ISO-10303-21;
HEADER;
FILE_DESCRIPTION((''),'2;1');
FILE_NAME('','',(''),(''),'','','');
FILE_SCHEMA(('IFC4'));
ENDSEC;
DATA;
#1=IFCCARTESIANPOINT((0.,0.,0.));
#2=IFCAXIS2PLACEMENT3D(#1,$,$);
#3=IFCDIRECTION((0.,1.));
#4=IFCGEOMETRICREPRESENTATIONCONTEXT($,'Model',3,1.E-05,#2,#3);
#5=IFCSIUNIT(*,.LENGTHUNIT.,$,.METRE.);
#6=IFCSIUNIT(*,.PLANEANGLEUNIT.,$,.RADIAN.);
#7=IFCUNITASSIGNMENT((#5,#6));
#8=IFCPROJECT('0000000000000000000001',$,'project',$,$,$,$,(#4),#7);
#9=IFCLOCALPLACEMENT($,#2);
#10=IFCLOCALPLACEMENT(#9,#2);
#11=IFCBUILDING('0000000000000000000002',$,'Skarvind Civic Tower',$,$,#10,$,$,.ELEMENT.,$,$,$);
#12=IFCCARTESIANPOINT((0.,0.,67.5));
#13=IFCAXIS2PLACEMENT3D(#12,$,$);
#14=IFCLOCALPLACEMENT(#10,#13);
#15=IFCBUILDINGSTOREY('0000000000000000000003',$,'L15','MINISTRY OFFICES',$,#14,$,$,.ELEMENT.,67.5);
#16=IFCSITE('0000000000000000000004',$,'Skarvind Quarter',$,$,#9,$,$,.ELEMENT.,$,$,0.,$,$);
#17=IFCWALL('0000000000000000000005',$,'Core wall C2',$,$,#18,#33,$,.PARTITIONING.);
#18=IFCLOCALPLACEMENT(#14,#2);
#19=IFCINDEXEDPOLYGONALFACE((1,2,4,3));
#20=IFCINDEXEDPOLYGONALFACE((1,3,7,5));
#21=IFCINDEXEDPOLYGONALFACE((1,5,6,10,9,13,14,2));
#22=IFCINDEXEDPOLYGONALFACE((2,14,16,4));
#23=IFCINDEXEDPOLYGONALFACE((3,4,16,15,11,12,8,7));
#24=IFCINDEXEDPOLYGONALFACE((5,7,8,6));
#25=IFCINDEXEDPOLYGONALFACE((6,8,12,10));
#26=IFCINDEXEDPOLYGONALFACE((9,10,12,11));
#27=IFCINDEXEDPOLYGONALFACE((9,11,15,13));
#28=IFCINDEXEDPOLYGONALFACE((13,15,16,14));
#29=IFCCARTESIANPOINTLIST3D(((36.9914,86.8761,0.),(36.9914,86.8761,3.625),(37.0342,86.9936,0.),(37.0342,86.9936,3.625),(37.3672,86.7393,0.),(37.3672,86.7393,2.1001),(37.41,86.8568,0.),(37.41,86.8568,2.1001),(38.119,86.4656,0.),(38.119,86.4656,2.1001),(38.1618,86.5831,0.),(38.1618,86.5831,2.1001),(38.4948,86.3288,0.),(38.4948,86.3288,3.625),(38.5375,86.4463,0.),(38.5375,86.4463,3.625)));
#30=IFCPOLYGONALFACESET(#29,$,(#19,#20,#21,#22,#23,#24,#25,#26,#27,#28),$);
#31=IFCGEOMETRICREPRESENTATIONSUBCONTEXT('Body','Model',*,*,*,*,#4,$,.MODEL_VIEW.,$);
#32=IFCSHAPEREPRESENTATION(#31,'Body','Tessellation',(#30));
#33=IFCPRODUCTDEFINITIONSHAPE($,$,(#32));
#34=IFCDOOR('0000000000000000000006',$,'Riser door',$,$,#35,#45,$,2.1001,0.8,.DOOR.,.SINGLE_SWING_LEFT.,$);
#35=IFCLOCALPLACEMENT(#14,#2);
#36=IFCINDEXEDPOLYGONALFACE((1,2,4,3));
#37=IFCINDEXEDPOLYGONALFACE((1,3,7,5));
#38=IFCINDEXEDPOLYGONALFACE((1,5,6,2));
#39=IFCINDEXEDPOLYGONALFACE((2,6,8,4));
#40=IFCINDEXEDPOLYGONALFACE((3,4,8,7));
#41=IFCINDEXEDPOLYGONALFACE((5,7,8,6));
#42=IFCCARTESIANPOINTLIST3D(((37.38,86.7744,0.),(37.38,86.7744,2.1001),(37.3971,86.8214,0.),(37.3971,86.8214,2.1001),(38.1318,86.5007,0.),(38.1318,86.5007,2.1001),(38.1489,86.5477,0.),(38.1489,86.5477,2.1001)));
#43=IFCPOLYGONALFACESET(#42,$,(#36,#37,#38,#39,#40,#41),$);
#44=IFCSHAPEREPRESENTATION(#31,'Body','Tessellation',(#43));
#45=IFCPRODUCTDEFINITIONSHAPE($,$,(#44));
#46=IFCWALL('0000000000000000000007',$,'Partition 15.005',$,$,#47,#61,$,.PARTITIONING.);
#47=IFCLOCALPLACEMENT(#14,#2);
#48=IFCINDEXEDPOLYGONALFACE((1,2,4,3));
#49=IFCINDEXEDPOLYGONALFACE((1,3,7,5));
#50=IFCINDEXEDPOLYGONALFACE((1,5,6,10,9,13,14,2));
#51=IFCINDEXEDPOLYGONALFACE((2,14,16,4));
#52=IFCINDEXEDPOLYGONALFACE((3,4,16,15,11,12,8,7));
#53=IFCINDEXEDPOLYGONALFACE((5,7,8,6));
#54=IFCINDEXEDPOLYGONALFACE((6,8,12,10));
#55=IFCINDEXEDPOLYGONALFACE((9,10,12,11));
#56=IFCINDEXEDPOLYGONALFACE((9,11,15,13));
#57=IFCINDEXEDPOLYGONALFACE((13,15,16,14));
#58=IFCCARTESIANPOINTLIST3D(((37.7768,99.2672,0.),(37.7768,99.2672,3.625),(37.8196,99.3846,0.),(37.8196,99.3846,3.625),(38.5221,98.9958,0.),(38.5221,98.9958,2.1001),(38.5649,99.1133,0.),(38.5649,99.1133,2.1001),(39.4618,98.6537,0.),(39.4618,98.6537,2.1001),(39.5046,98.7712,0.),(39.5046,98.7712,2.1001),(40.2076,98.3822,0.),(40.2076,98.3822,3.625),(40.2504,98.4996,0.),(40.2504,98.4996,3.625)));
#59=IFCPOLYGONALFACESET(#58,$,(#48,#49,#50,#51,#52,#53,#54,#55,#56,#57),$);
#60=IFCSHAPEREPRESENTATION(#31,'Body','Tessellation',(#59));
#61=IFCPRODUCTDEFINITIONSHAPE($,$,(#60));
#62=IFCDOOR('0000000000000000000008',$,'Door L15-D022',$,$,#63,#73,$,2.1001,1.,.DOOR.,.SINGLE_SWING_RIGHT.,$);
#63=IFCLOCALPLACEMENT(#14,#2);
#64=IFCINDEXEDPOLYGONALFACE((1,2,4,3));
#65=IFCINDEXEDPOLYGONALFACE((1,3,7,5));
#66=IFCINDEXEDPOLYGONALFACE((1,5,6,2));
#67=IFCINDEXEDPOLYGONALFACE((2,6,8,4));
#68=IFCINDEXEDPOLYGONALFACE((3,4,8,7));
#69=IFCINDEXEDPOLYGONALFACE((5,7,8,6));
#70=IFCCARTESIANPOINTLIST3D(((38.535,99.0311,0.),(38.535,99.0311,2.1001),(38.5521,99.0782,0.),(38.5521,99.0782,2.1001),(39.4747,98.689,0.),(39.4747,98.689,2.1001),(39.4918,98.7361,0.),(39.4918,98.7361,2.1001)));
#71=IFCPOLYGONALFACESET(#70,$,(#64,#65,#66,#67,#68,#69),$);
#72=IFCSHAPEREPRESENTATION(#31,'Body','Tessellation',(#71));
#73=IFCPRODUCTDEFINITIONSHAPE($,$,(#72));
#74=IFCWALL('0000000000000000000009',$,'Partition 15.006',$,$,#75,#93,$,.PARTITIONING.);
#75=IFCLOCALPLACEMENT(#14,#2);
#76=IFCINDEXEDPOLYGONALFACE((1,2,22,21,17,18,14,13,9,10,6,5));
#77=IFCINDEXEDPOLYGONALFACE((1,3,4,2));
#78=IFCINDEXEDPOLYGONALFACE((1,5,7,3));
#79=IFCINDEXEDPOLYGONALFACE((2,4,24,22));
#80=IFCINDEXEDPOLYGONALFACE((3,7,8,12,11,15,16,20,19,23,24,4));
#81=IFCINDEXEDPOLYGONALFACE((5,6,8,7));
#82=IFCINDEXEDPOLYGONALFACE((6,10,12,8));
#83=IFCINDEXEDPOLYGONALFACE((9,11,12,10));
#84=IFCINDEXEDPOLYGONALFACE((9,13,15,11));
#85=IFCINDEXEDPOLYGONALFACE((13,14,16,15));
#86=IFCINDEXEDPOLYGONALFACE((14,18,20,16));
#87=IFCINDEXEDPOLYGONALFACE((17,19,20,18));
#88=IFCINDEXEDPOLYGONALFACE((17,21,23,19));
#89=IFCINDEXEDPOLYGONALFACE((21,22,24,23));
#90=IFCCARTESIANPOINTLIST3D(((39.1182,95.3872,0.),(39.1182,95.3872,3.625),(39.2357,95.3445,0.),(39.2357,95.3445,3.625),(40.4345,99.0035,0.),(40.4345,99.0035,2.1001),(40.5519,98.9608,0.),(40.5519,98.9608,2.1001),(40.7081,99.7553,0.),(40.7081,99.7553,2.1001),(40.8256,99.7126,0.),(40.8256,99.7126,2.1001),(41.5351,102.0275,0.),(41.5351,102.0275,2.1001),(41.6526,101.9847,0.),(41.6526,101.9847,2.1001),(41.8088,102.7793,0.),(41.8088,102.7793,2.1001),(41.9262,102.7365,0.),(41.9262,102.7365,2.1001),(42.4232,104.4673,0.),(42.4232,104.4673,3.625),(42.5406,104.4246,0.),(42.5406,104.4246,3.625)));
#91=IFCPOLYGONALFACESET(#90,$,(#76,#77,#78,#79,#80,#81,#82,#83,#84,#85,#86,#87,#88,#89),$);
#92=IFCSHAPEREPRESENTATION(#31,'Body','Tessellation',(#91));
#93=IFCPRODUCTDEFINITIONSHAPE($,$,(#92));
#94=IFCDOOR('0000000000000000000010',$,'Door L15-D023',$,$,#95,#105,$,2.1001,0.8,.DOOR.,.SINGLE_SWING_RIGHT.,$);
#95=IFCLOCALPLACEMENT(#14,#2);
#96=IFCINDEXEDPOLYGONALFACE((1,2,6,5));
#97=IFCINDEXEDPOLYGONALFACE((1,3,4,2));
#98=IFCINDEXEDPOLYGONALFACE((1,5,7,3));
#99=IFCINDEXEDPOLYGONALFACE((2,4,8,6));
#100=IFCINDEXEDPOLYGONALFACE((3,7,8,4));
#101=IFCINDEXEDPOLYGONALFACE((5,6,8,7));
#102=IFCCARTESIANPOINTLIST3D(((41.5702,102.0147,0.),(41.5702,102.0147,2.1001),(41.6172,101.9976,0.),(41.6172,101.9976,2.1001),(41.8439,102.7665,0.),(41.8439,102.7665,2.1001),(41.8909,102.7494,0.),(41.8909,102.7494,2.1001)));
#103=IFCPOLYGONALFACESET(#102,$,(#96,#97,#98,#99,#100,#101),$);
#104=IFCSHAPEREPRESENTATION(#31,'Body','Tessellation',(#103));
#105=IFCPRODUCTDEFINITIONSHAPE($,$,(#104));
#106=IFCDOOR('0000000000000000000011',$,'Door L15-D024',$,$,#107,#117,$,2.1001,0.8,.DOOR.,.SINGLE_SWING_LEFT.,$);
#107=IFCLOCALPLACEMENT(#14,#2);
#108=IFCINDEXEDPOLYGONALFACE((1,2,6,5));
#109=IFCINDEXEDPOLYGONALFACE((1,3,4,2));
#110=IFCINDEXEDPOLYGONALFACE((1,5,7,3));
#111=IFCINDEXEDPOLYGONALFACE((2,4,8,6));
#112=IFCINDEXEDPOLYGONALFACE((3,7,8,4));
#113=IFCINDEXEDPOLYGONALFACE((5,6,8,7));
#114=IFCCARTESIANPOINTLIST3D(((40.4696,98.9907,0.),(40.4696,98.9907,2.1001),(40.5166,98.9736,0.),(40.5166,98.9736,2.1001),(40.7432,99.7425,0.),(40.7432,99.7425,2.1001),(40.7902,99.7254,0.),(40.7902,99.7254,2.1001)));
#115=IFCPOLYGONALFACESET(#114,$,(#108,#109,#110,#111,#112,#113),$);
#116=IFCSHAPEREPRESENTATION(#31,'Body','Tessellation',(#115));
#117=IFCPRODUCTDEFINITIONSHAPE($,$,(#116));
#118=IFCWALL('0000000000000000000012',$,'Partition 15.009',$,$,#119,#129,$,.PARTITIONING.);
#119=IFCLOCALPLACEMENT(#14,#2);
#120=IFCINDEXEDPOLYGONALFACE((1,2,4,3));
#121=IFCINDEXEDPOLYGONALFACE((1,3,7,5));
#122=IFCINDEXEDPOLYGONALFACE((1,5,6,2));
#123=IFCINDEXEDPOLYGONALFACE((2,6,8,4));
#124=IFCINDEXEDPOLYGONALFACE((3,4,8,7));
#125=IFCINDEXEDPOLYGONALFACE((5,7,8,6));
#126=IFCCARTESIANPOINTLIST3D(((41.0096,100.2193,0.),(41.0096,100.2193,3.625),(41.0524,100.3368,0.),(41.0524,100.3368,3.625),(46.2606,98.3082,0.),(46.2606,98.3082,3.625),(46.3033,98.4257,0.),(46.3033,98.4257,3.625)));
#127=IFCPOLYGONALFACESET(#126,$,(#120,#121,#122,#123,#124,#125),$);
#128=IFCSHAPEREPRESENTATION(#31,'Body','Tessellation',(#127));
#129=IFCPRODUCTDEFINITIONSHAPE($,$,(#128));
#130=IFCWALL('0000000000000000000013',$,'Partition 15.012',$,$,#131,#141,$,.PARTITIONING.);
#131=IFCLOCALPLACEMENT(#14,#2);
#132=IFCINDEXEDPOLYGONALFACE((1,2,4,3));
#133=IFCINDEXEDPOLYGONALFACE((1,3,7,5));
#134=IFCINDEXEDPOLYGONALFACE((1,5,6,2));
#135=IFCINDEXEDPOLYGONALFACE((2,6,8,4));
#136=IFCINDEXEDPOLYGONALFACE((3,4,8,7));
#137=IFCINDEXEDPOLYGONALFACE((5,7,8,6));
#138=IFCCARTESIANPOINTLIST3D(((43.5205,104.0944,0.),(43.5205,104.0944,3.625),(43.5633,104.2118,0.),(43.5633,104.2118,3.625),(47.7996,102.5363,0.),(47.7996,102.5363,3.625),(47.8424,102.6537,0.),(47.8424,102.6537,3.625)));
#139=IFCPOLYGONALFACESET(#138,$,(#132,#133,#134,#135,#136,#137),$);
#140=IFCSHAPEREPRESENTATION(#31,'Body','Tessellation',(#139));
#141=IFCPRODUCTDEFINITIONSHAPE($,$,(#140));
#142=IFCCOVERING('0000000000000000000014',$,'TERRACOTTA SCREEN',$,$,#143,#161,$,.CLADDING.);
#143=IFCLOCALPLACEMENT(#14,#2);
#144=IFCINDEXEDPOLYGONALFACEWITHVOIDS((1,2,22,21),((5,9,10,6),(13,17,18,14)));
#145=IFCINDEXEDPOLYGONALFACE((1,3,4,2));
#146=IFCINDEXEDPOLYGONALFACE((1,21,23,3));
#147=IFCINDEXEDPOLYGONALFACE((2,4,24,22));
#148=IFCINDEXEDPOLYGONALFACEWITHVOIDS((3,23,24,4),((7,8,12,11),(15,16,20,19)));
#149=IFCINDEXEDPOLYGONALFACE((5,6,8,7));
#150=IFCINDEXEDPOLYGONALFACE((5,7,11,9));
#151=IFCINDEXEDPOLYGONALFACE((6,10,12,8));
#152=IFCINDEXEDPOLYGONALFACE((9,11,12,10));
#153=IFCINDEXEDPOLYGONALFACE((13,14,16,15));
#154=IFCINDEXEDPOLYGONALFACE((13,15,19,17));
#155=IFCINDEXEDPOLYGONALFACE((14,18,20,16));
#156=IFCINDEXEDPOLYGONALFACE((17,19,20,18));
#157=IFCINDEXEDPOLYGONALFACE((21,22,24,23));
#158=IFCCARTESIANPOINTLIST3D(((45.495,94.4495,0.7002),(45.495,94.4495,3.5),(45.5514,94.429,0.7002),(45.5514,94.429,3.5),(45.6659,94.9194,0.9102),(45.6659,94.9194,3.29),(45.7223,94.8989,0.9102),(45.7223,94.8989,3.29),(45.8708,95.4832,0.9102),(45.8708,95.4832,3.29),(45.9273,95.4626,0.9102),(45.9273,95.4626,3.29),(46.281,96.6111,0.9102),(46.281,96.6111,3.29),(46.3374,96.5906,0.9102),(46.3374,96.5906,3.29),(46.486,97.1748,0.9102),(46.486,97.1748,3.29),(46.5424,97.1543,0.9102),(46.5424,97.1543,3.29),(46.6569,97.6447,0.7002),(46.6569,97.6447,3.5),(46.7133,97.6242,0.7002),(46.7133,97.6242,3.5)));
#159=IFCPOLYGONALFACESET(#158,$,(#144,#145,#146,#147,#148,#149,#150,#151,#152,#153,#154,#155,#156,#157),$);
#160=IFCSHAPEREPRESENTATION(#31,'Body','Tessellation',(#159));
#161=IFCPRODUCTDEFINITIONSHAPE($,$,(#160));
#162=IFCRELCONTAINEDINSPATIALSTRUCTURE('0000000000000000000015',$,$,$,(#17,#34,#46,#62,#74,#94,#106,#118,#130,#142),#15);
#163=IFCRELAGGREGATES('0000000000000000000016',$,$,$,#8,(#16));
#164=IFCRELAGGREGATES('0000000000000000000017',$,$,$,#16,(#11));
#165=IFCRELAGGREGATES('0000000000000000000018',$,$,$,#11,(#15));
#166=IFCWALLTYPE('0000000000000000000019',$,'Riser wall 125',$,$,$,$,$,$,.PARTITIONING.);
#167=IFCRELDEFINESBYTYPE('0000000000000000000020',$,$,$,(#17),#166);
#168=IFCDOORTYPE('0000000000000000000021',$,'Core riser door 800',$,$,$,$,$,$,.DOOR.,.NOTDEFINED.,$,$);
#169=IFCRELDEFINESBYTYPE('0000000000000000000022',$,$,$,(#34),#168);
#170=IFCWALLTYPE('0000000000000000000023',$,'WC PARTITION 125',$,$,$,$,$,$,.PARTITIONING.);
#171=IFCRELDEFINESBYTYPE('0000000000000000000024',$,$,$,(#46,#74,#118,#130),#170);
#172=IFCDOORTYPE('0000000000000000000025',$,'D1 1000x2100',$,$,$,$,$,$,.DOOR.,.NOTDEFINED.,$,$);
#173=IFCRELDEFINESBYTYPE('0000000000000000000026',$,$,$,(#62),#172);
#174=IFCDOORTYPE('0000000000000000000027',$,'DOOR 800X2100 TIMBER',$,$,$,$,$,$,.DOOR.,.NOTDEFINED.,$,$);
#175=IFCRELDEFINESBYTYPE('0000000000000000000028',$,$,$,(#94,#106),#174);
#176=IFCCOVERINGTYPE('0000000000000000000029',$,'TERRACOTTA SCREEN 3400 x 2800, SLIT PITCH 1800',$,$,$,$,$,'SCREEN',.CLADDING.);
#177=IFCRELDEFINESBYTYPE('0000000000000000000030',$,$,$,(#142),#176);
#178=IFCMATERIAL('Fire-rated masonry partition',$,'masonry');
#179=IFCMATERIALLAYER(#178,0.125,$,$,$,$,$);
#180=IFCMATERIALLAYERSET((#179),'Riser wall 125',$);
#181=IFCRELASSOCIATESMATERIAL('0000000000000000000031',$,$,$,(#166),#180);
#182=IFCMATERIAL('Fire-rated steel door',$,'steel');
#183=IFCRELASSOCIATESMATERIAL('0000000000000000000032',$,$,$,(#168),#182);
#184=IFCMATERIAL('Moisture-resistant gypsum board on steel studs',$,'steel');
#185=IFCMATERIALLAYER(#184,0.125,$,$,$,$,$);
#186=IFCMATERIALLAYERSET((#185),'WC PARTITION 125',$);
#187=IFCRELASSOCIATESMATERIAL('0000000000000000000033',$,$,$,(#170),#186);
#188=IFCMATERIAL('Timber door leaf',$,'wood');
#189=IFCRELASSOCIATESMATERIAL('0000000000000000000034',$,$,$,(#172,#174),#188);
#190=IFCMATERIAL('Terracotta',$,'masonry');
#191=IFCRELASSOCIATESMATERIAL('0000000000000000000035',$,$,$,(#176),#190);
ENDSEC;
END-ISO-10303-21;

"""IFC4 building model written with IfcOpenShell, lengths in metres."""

from ifc_helpers import new_model, si_unit, direction, frame, frame_2d, origin, place, context, subcontext, project, spatial, polyline, rectangle, outline, extrude, material, layer, layer_set, material_profile, profile_set, type_object, element, fill, save


model = new_model("IFC4")

# Units and contexts
model_context = context("Model", 3, precision=1e-05, world=origin(), true_north=direction((0.0, 1.0)))
body_context = subcontext(model_context, "Body", "Model", "MODEL_VIEW")
ifc_project = project(units=[si_unit("LENGTHUNIT", "METRE"), si_unit("PLANEANGLEUNIT", "RADIAN")], contexts=[model_context])

# Site, building, storey
site_placement = place(None, origin())
site = spatial("IfcSite", under=ifc_project, at=site_placement, Name="Skarvind Quarter", CompositionType="ELEMENT", RefElevation=0.0)
building_placement = place(site_placement, origin())
building = spatial("IfcBuilding", under=site, at=building_placement, Name="Skarvind Civic Tower", CompositionType="ELEMENT")
storey_placement = place(building_placement, frame((0.0, 0.0, 67.5)))
storey = spatial("IfcBuildingStorey", under=building, at=storey_placement, Name="L15", Description="MINISTRY OFFICES", CompositionType="ELEMENT", Elevation=67.5)

# Shared definitions
ifc_material_1 = material(Name="Fire-rated masonry partition", Category="masonry")
ifc_material_2 = material(Name="Fire-rated steel door", Category="steel")

# Walls, openings, doors
ifc_layer_1 = layer(ifc_material_1, 0.125)
ifc_layer_set_1 = layer_set([ifc_layer_1], Name="Riser wall 125")
wall_type_1 = type_object("IfcWallType", Name="Riser wall 125", PredefinedType="PARTITIONING", material=ifc_layer_set_1)
wall_1_placement = place(storey_placement, frame((37.0129, 86.9348, 0.0), z_axis=(0.0, 0.0, 1.0), x_axis=(0.93966, -0.342111, 0.0)))
wall_1 = element("IfcWall", 1, at=wall_1_placement, inside=storey, type_object=wall_type_1, Name="Core wall C2", PredefinedType="PARTITIONING", context=body_context, shape_type="SweptSolid", body=[
    extrude(rectangle(XDim=1.5999, YDim=0.125, at=frame_2d((0.7998, 0.0))), origin(), (0.0, 0.0, 1.0), 3.625),
])
opening_1_placement = place(wall_1_placement, frame((0.3999, 0.0, 0.0)))
opening_1 = element("IfcOpeningElement", 2, at=opening_1_placement, cuts=wall_1, PredefinedType="OPENING", context=body_context, shape_type="SweptSolid", body=[
    extrude(rectangle(XDim=0.8, YDim=2.1001, at=frame_2d((0.3999, 1.05))), frame((0.0, 0.0725, 0.0), z_axis=(0.0, -1.0, 0.0), x_axis=(1.0, 0.0, 0.0)), (0.0, 0.0, 1.0), 0.145),
])
door_type_1 = type_object("IfcDoorType", Name="Core riser door 800", OperationType="NOTDEFINED", PredefinedType="DOOR", material=ifc_material_2)
door_1_placement = place(opening_1_placement, origin())
door_1 = element("IfcDoor", 3, at=door_1_placement, inside=storey, type_object=door_type_1, Name="Riser door", OperationType="SINGLE_SWING_LEFT", OverallHeight=2.1001, OverallWidth=0.8, PredefinedType="DOOR", context=body_context, shape_type="SweptSolid", body=[
    extrude(rectangle(XDim=0.8, YDim=2.1001, at=frame_2d((0.3999, 1.05))), frame((0.0, 0.0249, 0.0), z_axis=(0.0, -1.0, 0.0), x_axis=(1.0, 0.0, 0.0)), (0.0, 0.0, 1.0), 0.05),
])
fill(opening_1, door_1)
ifc_material_3 = material(Name="Moisture-resistant gypsum board on steel studs", Category="steel")
ifc_layer_2 = layer(ifc_material_3, 0.125)
ifc_layer_set_2 = layer_set([ifc_layer_2], Name="WC PARTITION 125")
wall_type_2 = type_object("IfcWallType", Name="WC PARTITION 125", PredefinedType="PARTITIONING", material=ifc_layer_set_2)
wall_2_placement = place(storey_placement, frame((40.229, 98.4409, 0.0), z_axis=(0.0, 0.0, 1.0), x_axis=(-0.939664, 0.342099, 0.0)))
wall_2 = element("IfcWall", 4, at=wall_2_placement, inside=storey, type_object=wall_type_2, Name="Partition 15.005", PredefinedType="PARTITIONING", context=body_context, shape_type="SweptSolid", body=[
    extrude(rectangle(XDim=2.5869, YDim=0.125, at=frame_2d((1.2935, 0.0))), origin(), (0.0, 0.0, 1.0), 3.625),
])
opening_2_placement = place(wall_2_placement, frame((0.7937, 0.0, 0.0)))
opening_2 = element("IfcOpeningElement", 5, at=opening_2_placement, cuts=wall_2, PredefinedType="OPENING", context=body_context, shape_type="SweptSolid", body=[
    extrude(rectangle(XDim=1.0, YDim=2.1001, at=frame_2d((0.5, 1.05))), frame((0.0, 0.0725, 0.0), z_axis=(0.0, -1.0, 0.0), x_axis=(1.0, 0.0, 0.0)), (0.0, 0.0, 1.0), 0.145),
])
ifc_material_4 = material(Name="Timber door leaf", Category="wood")
door_type_2 = type_object("IfcDoorType", Name="D1 1000x2100", OperationType="NOTDEFINED", PredefinedType="DOOR", material=ifc_material_4)
door_2_placement = place(opening_2_placement, origin())
door_2 = element("IfcDoor", 6, at=door_2_placement, inside=storey, type_object=door_type_2, Name="Door L15-D022", OperationType="SINGLE_SWING_RIGHT", OverallHeight=2.1001, OverallWidth=1.0, PredefinedType="DOOR", context=body_context, shape_type="SweptSolid", body=[
    extrude(rectangle(XDim=1.0, YDim=2.1001, at=frame_2d((0.5, 1.05))), frame((0.0, 0.0249, 0.0), z_axis=(0.0, -1.0, 0.0), x_axis=(1.0, 0.0, 0.0)), (0.0, 0.0, 1.0), 0.05),
])
fill(opening_2, door_2)

# Wall, openings, doors
wall_3_placement = place(storey_placement, frame((42.4819, 104.446, 0.0), z_axis=(0.0, 0.0, 1.0), x_axis=(-0.342025, -0.939691, 0.0)))
wall_3 = element("IfcWall", 7, at=wall_3_placement, inside=storey, type_object=wall_type_2, Name="Partition 15.006", PredefinedType="PARTITIONING", context=body_context, shape_type="SweptSolid", body=[
    extrude(rectangle(XDim=9.6628, YDim=0.125, at=frame_2d((4.8315, 0.0))), origin(), (0.0, 0.0, 1.0), 3.625),
])
opening_3_placement = place(wall_3_placement, frame((1.7966, 0.0, 0.0)))
opening_3 = element("IfcOpeningElement", 8, at=opening_3_placement, cuts=wall_3, PredefinedType="OPENING", context=body_context, shape_type="SweptSolid", body=[
    extrude(rectangle(XDim=0.8, YDim=2.1001, at=frame_2d((0.3999, 1.05))), frame((0.0, 0.0725, 0.0), z_axis=(0.0, -1.0, 0.0), x_axis=(1.0, 0.0, 0.0)), (0.0, 0.0, 1.0), 0.145),
])
opening_4_placement = place(wall_3_placement, frame((5.0146, 0.0, 0.0)))
opening_4 = element("IfcOpeningElement", 9, at=opening_4_placement, cuts=wall_3, PredefinedType="OPENING", context=body_context, shape_type="SweptSolid", body=[
    extrude(rectangle(XDim=0.8, YDim=2.1001, at=frame_2d((0.3999, 1.05))), frame((0.0, 0.0725, 0.0), z_axis=(0.0, -1.0, 0.0), x_axis=(1.0, 0.0, 0.0)), (0.0, 0.0, 1.0), 0.145),
])
door_type_3 = type_object("IfcDoorType", Name="DOOR 800X2100 TIMBER", OperationType="NOTDEFINED", PredefinedType="DOOR", material=ifc_material_4)
door_3_placement = place(opening_3_placement, origin())
door_3 = element("IfcDoor", 10, at=door_3_placement, inside=storey, type_object=door_type_3, Name="Door L15-D023", OperationType="SINGLE_SWING_RIGHT", OverallHeight=2.1001, OverallWidth=0.8, PredefinedType="DOOR", context=body_context, shape_type="SweptSolid", body=[
    extrude(rectangle(XDim=0.8, YDim=2.1001, at=frame_2d((0.3999, 1.05))), frame((0.0, 0.0249, 0.0), z_axis=(0.0, -1.0, 0.0), x_axis=(1.0, 0.0, 0.0)), (0.0, 0.0, 1.0), 0.05),
])
fill(opening_3, door_3)
door_4_placement = place(opening_4_placement, origin())
door_4 = element("IfcDoor", 11, at=door_4_placement, inside=storey, type_object=door_type_3, Name="Door L15-D024", OperationType="SINGLE_SWING_LEFT", OverallHeight=2.1001, OverallWidth=0.8, PredefinedType="DOOR", context=body_context, shape_type="SweptSolid", body=[
    extrude(rectangle(XDim=0.8, YDim=2.1001, at=frame_2d((0.3999, 1.05))), frame((0.0, 0.0249, 0.0), z_axis=(0.0, -1.0, 0.0), x_axis=(1.0, 0.0, 0.0)), (0.0, 0.0, 1.0), 0.05),
])
fill(opening_4, door_4)

# Walls
wall_4_placement = place(storey_placement, frame((41.031, 100.2781, 0.0), z_axis=(0.0, 0.0, 1.0), x_axis=(0.939696, -0.34201, 0.0)))
element("IfcWall", 12, at=wall_4_placement, inside=storey, type_object=wall_type_2, Name="Partition 15.009", PredefinedType="PARTITIONING", context=body_context, shape_type="SweptSolid", body=[
    extrude(rectangle(XDim=5.5879, YDim=0.125, at=frame_2d((2.7939, 0.0))), origin(), (0.0, 0.0, 1.0), 3.625),
])
wall_5_placement = place(storey_placement, frame((43.542, 104.1531, 0.0), z_axis=(0.0, 0.0, 1.0), x_axis=(0.939646, -0.342148, 0.0)))
element("IfcWall", 13, at=wall_5_placement, inside=storey, type_object=wall_type_2, Name="Partition 15.012", PredefinedType="PARTITIONING", context=body_context, shape_type="SweptSolid", body=[
    extrude(rectangle(XDim=4.554, YDim=0.125, at=frame_2d((2.2769, 0.0))), origin(), (0.0, 0.0, 1.0), 3.625),
])

# Covering
ifc_material_5 = material(Name="Terracotta", Category="masonry")
ifc_material_profile_1 = material_profile(ifc_material_5, outline(polyline([(-1.7, -1.3999), (1.7, -1.3999), (1.7, 1.3999), (-1.7, 1.3999), (-1.7, -1.3999)]), holes=[polyline([(-1.2, -1.1899), (-0.6001, -1.1899), (-0.6001, 1.1899), (-1.2, 1.1899), (-1.2, -1.1899)]), polyline([(0.6001, -1.1899), (1.2, -1.1899), (1.2, 1.1899), (0.6001, 1.1899), (0.6001, -1.1899)])]), Name="TERRACOTTA SCREEN 3400 x 2800, SLIT PITCH 1800")
ifc_profile_set_1 = profile_set([ifc_material_profile_1], Name="Terracotta")
covering_type = type_object("IfcCoveringType", Name="TERRACOTTA SCREEN 3400 x 2800, SLIT PITCH 1800", ElementType="SCREEN", PredefinedType="CLADDING", material=ifc_profile_set_1)
covering_placement = place(storey_placement, frame((46.0759, 96.0471, 2.1001), z_axis=(0.939793, -0.341743, 0.0), x_axis=(0.341743, 0.939793, 0.0)))
element("IfcCovering", 14, at=covering_placement, inside=storey, type_object=covering_type, Name="TERRACOTTA SCREEN", PredefinedType="CLADDING", context=body_context, shape_type="SweptSolid", body=[
    extrude(outline(polyline([(-1.7, -1.3999), (1.7, -1.3999), (1.7, 1.3999), (-1.7, 1.3999), (-1.7, -1.3999)]), holes=[polyline([(-1.2, -1.1899), (-0.6001, -1.1899), (-0.6001, 1.1899), (-1.2, 1.1899), (-1.2, -1.1899)]), polyline([(0.6001, -1.1899), (1.2, -1.1899), (1.2, 1.1899), (0.6001, 1.1899), (0.6001, -1.1899)])]), origin(), (0.0, 0.0, 1.0), 0.0601),
])

save(model, "model.ifc")
